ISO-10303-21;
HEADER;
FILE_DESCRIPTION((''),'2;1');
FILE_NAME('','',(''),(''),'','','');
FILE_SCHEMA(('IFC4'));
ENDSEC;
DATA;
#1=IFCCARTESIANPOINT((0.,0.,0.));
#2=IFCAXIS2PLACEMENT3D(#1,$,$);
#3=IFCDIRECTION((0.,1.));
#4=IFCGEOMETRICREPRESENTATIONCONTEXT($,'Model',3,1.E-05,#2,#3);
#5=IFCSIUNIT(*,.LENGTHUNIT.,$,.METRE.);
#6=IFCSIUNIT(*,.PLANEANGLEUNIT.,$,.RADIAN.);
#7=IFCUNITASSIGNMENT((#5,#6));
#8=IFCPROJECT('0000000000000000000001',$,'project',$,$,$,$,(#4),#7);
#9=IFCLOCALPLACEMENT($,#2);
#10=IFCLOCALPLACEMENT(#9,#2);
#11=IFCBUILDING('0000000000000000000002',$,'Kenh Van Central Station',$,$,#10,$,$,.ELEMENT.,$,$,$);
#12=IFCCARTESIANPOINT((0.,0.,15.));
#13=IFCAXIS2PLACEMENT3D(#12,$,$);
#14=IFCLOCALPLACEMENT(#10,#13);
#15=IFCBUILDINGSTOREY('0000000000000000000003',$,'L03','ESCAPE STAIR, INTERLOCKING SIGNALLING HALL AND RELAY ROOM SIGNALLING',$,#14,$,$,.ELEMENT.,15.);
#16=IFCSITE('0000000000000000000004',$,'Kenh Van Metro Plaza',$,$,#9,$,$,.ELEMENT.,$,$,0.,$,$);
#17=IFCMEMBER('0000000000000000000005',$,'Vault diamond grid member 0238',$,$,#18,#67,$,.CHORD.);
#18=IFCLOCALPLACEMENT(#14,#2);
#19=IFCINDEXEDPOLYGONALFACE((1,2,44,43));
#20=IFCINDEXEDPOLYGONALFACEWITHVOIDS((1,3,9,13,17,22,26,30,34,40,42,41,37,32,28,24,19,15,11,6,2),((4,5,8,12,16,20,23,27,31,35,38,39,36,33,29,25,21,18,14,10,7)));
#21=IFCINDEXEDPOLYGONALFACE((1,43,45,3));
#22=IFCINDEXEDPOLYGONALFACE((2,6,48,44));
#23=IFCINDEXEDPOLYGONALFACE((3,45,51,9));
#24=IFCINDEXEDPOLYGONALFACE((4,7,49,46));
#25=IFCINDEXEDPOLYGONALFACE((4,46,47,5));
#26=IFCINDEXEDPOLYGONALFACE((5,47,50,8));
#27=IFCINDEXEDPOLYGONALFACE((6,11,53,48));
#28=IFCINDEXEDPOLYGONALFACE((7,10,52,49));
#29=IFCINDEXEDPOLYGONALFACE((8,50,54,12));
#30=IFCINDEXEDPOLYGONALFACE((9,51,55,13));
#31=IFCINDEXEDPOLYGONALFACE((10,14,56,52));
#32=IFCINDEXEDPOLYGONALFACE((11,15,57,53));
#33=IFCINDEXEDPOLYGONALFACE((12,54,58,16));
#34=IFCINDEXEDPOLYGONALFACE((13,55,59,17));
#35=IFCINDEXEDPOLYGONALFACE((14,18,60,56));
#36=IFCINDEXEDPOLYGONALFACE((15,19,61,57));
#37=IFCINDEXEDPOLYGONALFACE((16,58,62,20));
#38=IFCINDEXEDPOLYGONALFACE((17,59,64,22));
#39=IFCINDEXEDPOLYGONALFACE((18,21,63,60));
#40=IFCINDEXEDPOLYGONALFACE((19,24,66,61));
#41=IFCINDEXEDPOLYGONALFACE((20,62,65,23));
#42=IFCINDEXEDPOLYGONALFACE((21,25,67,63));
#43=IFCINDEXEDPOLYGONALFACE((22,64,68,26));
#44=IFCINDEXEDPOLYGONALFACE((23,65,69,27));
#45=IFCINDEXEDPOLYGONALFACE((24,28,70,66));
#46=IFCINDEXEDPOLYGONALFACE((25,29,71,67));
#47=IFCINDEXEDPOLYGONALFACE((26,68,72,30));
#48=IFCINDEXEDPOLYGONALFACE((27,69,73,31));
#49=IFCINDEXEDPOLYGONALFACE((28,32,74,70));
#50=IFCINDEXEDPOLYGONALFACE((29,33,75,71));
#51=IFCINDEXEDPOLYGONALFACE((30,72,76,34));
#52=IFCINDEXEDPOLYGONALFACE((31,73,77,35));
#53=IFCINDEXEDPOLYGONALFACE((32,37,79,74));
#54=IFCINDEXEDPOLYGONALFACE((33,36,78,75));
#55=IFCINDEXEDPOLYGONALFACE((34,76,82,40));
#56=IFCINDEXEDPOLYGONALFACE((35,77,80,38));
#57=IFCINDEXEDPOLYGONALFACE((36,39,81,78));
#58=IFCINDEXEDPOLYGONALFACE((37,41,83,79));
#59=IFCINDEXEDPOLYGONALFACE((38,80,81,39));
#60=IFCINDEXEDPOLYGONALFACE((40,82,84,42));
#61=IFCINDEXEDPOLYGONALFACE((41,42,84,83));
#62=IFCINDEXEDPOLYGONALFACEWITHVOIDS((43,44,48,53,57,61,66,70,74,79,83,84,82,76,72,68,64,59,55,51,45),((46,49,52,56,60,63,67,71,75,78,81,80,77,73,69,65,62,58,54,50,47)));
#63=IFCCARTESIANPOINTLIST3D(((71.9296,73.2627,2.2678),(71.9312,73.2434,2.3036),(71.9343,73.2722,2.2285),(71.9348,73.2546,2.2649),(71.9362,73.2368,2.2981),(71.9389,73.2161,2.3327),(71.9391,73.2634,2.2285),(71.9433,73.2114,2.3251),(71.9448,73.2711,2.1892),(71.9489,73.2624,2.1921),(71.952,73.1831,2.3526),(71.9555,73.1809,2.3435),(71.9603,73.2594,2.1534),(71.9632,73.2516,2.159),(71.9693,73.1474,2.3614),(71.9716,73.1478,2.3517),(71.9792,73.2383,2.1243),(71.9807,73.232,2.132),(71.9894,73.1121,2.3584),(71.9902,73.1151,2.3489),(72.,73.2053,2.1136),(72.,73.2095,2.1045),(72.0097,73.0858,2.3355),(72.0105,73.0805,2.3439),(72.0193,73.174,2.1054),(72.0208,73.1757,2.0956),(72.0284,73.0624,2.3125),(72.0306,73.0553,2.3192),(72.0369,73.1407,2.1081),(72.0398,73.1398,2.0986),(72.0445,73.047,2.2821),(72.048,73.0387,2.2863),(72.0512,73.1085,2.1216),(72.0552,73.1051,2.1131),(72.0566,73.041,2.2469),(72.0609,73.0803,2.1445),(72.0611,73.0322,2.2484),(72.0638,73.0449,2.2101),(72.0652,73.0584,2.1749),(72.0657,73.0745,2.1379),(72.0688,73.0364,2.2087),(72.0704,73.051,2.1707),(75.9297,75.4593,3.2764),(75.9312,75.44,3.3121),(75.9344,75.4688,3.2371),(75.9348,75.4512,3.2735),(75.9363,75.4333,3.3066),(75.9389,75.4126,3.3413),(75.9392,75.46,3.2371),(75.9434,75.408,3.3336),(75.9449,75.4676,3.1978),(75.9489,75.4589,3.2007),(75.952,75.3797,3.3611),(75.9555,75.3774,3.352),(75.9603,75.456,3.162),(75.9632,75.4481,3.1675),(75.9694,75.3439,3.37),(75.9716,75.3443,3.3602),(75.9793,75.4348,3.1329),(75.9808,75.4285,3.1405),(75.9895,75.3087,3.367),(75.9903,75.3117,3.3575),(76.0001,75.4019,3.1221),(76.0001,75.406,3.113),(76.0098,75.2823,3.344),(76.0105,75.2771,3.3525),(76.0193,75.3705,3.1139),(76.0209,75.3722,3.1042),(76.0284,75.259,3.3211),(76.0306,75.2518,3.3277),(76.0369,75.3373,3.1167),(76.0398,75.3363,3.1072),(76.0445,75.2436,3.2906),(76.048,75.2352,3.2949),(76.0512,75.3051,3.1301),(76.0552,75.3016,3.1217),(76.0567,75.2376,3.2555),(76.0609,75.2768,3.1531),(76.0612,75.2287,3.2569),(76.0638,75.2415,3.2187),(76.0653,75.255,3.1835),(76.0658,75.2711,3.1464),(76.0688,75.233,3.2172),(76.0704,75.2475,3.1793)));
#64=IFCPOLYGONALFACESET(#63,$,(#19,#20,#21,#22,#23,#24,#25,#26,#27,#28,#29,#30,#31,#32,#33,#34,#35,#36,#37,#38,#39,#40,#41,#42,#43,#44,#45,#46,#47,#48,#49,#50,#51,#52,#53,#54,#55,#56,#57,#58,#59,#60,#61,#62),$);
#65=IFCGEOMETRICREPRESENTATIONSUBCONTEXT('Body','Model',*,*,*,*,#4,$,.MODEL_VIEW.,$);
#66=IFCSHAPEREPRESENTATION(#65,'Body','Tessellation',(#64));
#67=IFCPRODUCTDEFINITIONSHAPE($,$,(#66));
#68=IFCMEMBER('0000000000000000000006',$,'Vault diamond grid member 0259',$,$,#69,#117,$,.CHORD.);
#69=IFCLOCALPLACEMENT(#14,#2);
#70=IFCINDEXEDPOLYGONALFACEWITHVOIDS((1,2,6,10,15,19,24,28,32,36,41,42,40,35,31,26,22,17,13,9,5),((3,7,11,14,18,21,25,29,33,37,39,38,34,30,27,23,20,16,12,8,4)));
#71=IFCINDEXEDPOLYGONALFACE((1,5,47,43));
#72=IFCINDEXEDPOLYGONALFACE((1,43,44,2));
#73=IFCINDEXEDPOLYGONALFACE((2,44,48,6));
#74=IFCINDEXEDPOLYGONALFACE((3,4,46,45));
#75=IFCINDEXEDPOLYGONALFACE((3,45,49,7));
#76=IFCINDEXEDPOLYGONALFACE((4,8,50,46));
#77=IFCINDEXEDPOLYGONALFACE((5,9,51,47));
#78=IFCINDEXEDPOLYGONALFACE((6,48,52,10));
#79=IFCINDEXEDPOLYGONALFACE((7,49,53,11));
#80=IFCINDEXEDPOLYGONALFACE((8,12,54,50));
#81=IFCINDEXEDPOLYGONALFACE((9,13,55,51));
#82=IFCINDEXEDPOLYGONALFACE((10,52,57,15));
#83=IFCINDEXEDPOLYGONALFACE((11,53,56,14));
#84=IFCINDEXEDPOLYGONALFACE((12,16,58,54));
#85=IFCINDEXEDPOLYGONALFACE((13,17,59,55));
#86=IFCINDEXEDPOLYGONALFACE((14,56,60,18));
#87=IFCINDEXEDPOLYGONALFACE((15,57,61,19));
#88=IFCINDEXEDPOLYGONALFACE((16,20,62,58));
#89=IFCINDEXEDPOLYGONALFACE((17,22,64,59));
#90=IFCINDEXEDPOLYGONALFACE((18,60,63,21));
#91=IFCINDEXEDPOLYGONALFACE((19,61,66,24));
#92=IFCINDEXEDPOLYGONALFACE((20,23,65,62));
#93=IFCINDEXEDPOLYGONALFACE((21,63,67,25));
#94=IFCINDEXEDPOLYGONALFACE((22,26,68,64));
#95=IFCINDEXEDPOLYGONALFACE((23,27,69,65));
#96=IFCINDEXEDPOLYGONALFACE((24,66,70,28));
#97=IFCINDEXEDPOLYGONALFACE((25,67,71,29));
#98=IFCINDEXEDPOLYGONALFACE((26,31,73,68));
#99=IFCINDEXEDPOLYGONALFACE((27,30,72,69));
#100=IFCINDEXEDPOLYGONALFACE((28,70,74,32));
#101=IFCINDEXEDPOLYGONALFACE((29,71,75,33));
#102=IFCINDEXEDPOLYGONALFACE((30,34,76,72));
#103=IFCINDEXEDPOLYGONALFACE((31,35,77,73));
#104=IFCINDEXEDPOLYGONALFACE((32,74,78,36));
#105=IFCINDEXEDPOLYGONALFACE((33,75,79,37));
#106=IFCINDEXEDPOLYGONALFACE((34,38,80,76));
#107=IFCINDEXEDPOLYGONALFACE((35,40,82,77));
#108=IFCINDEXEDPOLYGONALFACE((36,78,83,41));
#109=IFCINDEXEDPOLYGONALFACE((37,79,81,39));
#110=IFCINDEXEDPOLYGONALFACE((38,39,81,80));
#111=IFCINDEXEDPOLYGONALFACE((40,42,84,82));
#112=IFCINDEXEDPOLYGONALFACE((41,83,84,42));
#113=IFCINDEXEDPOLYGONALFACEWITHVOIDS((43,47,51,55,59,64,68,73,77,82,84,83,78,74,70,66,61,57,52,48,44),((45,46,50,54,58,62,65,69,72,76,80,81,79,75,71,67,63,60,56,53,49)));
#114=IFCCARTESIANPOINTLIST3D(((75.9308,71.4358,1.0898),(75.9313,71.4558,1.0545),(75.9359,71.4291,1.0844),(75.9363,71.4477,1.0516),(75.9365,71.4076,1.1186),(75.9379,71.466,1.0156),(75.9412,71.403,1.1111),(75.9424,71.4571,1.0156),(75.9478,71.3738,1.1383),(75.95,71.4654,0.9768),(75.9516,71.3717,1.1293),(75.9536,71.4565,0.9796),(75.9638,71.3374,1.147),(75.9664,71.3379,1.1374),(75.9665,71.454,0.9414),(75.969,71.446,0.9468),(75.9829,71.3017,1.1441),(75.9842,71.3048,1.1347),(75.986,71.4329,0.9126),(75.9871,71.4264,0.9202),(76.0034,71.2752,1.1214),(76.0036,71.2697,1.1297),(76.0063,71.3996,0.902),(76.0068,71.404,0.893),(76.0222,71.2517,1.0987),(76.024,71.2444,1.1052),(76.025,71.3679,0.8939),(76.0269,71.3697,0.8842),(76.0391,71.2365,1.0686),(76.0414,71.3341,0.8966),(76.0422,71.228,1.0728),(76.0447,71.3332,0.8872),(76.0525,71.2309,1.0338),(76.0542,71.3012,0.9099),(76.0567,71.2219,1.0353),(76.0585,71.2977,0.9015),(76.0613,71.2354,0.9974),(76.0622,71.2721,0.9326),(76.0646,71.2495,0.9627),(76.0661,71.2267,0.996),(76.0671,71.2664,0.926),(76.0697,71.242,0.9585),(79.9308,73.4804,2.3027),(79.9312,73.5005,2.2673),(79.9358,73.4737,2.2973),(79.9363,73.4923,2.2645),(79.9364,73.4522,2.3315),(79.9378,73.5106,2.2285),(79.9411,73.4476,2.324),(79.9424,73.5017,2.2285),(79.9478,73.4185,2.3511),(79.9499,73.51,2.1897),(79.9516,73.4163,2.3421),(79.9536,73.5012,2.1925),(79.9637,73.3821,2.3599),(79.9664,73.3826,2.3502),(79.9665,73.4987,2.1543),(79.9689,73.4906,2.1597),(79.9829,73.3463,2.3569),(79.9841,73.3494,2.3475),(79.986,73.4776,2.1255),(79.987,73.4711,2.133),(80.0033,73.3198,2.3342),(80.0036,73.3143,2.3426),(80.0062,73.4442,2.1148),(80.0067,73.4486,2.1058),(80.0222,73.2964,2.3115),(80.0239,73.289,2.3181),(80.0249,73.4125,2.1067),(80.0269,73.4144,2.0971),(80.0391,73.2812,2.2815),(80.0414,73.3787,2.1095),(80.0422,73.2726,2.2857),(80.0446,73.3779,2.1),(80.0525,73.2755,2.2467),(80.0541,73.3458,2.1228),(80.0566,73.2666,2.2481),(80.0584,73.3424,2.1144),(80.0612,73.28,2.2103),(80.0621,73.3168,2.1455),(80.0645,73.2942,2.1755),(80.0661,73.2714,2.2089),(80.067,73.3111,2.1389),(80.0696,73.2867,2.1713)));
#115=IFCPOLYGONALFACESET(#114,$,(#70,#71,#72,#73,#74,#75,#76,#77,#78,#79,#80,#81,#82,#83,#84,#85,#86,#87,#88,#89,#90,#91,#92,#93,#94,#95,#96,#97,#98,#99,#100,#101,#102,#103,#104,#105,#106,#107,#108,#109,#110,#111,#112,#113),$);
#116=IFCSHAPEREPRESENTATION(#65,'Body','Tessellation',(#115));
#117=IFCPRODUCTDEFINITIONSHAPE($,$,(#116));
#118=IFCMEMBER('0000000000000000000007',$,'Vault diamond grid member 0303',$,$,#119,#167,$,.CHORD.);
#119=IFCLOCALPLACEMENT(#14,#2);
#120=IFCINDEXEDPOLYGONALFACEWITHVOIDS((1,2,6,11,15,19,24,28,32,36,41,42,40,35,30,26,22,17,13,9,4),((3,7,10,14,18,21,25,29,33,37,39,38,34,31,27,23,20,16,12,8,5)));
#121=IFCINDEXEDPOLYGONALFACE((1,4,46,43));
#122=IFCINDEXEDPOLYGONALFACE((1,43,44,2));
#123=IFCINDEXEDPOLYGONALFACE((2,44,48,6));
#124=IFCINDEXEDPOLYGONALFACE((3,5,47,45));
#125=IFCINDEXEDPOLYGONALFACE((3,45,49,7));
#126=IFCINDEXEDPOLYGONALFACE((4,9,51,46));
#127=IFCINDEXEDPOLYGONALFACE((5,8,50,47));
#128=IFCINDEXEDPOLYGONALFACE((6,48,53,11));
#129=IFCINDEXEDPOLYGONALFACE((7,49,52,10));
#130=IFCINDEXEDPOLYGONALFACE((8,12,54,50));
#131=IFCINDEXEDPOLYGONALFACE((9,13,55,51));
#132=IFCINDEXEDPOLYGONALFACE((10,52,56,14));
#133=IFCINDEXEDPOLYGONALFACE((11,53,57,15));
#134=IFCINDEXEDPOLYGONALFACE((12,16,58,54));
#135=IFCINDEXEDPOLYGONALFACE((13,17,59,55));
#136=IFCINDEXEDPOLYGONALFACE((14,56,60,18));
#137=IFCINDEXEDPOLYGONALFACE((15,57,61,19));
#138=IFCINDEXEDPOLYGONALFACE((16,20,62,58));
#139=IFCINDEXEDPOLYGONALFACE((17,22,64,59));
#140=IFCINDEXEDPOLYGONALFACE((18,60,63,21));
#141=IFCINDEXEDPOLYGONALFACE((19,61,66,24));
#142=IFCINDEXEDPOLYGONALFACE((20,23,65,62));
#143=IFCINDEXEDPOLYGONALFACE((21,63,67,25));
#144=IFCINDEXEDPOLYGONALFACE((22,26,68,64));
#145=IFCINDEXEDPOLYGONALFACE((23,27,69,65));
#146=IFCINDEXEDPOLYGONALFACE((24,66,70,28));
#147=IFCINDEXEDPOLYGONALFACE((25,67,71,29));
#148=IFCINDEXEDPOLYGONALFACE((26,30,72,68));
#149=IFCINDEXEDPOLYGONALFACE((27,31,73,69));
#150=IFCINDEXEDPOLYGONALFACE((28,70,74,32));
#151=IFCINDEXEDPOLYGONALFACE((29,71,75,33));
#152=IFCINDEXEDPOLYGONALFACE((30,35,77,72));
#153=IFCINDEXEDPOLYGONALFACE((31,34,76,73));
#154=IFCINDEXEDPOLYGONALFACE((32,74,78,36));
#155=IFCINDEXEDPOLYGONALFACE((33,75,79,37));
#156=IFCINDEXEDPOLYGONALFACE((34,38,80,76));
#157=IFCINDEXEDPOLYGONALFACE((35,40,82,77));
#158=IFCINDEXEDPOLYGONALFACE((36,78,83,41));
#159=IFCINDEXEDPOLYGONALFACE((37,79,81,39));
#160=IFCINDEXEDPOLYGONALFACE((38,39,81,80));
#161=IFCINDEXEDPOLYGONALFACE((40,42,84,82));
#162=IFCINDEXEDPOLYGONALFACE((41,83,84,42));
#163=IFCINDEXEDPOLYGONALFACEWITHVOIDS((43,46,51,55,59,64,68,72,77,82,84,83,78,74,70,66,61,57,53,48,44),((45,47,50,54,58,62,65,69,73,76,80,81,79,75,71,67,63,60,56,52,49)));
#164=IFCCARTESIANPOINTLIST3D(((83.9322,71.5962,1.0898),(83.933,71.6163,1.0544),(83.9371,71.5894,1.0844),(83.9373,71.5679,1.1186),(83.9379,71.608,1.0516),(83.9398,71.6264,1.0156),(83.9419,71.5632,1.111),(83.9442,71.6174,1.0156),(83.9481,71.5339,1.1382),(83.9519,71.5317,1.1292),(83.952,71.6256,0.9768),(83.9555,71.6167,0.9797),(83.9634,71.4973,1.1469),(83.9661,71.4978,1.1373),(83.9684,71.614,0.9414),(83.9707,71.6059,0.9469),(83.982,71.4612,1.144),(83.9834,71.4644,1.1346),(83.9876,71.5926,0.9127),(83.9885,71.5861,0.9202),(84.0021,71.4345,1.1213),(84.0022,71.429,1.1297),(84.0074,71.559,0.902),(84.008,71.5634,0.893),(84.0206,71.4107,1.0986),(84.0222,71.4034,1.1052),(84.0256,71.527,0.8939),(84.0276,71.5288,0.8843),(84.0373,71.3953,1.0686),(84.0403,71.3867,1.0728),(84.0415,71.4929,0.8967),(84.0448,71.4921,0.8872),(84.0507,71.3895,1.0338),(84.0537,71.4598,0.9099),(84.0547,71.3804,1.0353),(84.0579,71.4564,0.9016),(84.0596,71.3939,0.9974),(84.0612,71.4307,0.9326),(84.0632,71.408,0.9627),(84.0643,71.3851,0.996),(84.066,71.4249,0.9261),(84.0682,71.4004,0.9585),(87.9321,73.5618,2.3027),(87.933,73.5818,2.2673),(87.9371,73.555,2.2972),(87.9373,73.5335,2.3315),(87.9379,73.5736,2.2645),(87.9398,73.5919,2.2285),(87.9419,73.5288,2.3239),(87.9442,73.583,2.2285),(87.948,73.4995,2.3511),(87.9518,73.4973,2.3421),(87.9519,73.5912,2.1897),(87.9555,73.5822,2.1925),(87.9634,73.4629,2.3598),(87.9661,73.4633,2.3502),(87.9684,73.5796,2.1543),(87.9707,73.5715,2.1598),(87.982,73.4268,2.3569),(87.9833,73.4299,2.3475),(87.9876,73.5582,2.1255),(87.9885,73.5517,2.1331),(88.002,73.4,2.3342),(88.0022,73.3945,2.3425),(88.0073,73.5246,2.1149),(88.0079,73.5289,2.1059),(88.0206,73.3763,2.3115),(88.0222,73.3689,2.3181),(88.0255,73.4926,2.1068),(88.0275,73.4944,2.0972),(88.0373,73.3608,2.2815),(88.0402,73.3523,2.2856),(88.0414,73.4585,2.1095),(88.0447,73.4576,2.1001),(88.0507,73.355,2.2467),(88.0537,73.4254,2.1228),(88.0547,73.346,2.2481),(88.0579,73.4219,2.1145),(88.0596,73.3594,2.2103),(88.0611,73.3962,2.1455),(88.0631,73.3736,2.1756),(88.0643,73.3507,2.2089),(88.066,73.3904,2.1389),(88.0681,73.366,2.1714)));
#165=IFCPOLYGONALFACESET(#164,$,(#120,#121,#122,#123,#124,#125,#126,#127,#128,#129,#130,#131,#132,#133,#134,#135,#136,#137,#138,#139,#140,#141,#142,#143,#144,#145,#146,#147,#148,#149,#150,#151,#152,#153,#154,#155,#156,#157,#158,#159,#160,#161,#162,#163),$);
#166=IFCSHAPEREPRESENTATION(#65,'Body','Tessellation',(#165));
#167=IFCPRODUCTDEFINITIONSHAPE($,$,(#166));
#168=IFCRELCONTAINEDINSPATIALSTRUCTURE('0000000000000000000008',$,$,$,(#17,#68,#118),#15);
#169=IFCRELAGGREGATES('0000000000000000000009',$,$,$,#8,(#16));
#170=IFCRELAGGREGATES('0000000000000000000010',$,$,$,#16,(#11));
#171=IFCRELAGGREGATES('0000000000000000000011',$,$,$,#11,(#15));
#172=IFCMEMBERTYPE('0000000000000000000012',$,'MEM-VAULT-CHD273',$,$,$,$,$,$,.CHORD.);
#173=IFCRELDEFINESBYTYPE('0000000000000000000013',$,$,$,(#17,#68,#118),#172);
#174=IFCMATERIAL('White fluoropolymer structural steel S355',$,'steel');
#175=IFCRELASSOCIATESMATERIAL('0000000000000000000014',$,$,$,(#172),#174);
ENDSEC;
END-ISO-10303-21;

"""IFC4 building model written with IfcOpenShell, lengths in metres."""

from ifc_helpers import new_model, si_unit, direction, frame, origin, origin_2d, place, context, subcontext, project, spatial, hollow_circle, extrude, material, material_profile, profile_set, type_object, element, save


model = new_model("IFC4")

# Units and contexts
model_context = context("Model", 3, precision=1e-05, world=origin(), true_north=direction((0.0, 1.0)))
body_context = subcontext(model_context, "Body", "Model", "MODEL_VIEW")
ifc_project = project(units=[si_unit("LENGTHUNIT", "METRE"), si_unit("PLANEANGLEUNIT", "RADIAN")], contexts=[model_context])

# Site, building, storey
site_placement = place(None, origin())
site = spatial("IfcSite", under=ifc_project, at=site_placement, Name="Kenh Van Metro Plaza", CompositionType="ELEMENT", RefElevation=0.0)
building_placement = place(site_placement, origin())
building = spatial("IfcBuilding", under=site, at=building_placement, Name="Kenh Van Central Station", CompositionType="ELEMENT")
storey_placement = place(building_placement, frame((0.0, 0.0, 15.0)))
storey = spatial("IfcBuildingStorey", under=building, at=storey_placement, Name="L03", Description="ESCAPE STAIR, INTERLOCKING SIGNALLING HALL AND RELAY ROOM SIGNALLING", CompositionType="ELEMENT", Elevation=15.0)

# Shared definitions
ifc_material_1 = material(Name="White fluoropolymer structural steel S355", Category="steel")

# Members
ifc_material_profile_1 = material_profile(ifc_material_1, hollow_circle(Radius=0.1365, WallThickness=0.01, at=origin_2d()), Name="CHS 273x10")
ifc_profile_set_1 = profile_set([ifc_material_profile_1], Name="White fluoropolymer structural steel S355")
member_type_1 = type_object("IfcMemberType", Name="MEM-VAULT-CHD273", PredefinedType="CHORD", material=ifc_profile_set_1)
member_1_placement = place(storey_placement, frame((72.0, 73.1526, 2.2285), z_axis=(0.855883, 0.469994, 0.215799), x_axis=(-0.481335, 0.876537, 0.0)))
element("IfcMember", 1, at=member_1_placement, inside=storey, type_object=member_type_1, Name="Vault diamond grid member 0238", PredefinedType="CHORD", context=body_context, shape_type="SweptSolid", body=[
    extrude(hollow_circle(Radius=0.1365, WallThickness=0.01, at=origin_2d()), origin(), (0.0, 0.0, 1.0), 4.6736),
])
member_2_placement = place(storey_placement, frame((76.0, 71.3445, 1.0156), z_axis=(0.859633, 0.439418, 0.26066), x_axis=(-0.455152, 0.890414, 0.0)))
element("IfcMember", 2, at=member_2_placement, inside=storey, type_object=member_type_1, Name="Vault diamond grid member 0259", PredefinedType="CHORD", context=body_context, shape_type="SweptSolid", body=[
    extrude(hollow_circle(Radius=0.1365, WallThickness=0.01, at=origin_2d()), origin(), (0.0, 0.0, 1.0), 4.6531),
])
member_3_placement = place(storey_placement, frame((84.0, 71.5039, 1.0156), z_axis=(0.866, 0.425547, 0.262591), x_axis=(-0.441024, 0.897495, 0.0)))
element("IfcMember", 3, at=member_3_placement, inside=storey, type_object=member_type_1, Name="Vault diamond grid member 0303", PredefinedType="CHORD", context=body_context, shape_type="SweptSolid", body=[
    extrude(hollow_circle(Radius=0.1365, WallThickness=0.01, at=origin_2d()), origin(), (0.0, 0.0, 1.0), 4.6189),
])

save(model, "model.ifc")
